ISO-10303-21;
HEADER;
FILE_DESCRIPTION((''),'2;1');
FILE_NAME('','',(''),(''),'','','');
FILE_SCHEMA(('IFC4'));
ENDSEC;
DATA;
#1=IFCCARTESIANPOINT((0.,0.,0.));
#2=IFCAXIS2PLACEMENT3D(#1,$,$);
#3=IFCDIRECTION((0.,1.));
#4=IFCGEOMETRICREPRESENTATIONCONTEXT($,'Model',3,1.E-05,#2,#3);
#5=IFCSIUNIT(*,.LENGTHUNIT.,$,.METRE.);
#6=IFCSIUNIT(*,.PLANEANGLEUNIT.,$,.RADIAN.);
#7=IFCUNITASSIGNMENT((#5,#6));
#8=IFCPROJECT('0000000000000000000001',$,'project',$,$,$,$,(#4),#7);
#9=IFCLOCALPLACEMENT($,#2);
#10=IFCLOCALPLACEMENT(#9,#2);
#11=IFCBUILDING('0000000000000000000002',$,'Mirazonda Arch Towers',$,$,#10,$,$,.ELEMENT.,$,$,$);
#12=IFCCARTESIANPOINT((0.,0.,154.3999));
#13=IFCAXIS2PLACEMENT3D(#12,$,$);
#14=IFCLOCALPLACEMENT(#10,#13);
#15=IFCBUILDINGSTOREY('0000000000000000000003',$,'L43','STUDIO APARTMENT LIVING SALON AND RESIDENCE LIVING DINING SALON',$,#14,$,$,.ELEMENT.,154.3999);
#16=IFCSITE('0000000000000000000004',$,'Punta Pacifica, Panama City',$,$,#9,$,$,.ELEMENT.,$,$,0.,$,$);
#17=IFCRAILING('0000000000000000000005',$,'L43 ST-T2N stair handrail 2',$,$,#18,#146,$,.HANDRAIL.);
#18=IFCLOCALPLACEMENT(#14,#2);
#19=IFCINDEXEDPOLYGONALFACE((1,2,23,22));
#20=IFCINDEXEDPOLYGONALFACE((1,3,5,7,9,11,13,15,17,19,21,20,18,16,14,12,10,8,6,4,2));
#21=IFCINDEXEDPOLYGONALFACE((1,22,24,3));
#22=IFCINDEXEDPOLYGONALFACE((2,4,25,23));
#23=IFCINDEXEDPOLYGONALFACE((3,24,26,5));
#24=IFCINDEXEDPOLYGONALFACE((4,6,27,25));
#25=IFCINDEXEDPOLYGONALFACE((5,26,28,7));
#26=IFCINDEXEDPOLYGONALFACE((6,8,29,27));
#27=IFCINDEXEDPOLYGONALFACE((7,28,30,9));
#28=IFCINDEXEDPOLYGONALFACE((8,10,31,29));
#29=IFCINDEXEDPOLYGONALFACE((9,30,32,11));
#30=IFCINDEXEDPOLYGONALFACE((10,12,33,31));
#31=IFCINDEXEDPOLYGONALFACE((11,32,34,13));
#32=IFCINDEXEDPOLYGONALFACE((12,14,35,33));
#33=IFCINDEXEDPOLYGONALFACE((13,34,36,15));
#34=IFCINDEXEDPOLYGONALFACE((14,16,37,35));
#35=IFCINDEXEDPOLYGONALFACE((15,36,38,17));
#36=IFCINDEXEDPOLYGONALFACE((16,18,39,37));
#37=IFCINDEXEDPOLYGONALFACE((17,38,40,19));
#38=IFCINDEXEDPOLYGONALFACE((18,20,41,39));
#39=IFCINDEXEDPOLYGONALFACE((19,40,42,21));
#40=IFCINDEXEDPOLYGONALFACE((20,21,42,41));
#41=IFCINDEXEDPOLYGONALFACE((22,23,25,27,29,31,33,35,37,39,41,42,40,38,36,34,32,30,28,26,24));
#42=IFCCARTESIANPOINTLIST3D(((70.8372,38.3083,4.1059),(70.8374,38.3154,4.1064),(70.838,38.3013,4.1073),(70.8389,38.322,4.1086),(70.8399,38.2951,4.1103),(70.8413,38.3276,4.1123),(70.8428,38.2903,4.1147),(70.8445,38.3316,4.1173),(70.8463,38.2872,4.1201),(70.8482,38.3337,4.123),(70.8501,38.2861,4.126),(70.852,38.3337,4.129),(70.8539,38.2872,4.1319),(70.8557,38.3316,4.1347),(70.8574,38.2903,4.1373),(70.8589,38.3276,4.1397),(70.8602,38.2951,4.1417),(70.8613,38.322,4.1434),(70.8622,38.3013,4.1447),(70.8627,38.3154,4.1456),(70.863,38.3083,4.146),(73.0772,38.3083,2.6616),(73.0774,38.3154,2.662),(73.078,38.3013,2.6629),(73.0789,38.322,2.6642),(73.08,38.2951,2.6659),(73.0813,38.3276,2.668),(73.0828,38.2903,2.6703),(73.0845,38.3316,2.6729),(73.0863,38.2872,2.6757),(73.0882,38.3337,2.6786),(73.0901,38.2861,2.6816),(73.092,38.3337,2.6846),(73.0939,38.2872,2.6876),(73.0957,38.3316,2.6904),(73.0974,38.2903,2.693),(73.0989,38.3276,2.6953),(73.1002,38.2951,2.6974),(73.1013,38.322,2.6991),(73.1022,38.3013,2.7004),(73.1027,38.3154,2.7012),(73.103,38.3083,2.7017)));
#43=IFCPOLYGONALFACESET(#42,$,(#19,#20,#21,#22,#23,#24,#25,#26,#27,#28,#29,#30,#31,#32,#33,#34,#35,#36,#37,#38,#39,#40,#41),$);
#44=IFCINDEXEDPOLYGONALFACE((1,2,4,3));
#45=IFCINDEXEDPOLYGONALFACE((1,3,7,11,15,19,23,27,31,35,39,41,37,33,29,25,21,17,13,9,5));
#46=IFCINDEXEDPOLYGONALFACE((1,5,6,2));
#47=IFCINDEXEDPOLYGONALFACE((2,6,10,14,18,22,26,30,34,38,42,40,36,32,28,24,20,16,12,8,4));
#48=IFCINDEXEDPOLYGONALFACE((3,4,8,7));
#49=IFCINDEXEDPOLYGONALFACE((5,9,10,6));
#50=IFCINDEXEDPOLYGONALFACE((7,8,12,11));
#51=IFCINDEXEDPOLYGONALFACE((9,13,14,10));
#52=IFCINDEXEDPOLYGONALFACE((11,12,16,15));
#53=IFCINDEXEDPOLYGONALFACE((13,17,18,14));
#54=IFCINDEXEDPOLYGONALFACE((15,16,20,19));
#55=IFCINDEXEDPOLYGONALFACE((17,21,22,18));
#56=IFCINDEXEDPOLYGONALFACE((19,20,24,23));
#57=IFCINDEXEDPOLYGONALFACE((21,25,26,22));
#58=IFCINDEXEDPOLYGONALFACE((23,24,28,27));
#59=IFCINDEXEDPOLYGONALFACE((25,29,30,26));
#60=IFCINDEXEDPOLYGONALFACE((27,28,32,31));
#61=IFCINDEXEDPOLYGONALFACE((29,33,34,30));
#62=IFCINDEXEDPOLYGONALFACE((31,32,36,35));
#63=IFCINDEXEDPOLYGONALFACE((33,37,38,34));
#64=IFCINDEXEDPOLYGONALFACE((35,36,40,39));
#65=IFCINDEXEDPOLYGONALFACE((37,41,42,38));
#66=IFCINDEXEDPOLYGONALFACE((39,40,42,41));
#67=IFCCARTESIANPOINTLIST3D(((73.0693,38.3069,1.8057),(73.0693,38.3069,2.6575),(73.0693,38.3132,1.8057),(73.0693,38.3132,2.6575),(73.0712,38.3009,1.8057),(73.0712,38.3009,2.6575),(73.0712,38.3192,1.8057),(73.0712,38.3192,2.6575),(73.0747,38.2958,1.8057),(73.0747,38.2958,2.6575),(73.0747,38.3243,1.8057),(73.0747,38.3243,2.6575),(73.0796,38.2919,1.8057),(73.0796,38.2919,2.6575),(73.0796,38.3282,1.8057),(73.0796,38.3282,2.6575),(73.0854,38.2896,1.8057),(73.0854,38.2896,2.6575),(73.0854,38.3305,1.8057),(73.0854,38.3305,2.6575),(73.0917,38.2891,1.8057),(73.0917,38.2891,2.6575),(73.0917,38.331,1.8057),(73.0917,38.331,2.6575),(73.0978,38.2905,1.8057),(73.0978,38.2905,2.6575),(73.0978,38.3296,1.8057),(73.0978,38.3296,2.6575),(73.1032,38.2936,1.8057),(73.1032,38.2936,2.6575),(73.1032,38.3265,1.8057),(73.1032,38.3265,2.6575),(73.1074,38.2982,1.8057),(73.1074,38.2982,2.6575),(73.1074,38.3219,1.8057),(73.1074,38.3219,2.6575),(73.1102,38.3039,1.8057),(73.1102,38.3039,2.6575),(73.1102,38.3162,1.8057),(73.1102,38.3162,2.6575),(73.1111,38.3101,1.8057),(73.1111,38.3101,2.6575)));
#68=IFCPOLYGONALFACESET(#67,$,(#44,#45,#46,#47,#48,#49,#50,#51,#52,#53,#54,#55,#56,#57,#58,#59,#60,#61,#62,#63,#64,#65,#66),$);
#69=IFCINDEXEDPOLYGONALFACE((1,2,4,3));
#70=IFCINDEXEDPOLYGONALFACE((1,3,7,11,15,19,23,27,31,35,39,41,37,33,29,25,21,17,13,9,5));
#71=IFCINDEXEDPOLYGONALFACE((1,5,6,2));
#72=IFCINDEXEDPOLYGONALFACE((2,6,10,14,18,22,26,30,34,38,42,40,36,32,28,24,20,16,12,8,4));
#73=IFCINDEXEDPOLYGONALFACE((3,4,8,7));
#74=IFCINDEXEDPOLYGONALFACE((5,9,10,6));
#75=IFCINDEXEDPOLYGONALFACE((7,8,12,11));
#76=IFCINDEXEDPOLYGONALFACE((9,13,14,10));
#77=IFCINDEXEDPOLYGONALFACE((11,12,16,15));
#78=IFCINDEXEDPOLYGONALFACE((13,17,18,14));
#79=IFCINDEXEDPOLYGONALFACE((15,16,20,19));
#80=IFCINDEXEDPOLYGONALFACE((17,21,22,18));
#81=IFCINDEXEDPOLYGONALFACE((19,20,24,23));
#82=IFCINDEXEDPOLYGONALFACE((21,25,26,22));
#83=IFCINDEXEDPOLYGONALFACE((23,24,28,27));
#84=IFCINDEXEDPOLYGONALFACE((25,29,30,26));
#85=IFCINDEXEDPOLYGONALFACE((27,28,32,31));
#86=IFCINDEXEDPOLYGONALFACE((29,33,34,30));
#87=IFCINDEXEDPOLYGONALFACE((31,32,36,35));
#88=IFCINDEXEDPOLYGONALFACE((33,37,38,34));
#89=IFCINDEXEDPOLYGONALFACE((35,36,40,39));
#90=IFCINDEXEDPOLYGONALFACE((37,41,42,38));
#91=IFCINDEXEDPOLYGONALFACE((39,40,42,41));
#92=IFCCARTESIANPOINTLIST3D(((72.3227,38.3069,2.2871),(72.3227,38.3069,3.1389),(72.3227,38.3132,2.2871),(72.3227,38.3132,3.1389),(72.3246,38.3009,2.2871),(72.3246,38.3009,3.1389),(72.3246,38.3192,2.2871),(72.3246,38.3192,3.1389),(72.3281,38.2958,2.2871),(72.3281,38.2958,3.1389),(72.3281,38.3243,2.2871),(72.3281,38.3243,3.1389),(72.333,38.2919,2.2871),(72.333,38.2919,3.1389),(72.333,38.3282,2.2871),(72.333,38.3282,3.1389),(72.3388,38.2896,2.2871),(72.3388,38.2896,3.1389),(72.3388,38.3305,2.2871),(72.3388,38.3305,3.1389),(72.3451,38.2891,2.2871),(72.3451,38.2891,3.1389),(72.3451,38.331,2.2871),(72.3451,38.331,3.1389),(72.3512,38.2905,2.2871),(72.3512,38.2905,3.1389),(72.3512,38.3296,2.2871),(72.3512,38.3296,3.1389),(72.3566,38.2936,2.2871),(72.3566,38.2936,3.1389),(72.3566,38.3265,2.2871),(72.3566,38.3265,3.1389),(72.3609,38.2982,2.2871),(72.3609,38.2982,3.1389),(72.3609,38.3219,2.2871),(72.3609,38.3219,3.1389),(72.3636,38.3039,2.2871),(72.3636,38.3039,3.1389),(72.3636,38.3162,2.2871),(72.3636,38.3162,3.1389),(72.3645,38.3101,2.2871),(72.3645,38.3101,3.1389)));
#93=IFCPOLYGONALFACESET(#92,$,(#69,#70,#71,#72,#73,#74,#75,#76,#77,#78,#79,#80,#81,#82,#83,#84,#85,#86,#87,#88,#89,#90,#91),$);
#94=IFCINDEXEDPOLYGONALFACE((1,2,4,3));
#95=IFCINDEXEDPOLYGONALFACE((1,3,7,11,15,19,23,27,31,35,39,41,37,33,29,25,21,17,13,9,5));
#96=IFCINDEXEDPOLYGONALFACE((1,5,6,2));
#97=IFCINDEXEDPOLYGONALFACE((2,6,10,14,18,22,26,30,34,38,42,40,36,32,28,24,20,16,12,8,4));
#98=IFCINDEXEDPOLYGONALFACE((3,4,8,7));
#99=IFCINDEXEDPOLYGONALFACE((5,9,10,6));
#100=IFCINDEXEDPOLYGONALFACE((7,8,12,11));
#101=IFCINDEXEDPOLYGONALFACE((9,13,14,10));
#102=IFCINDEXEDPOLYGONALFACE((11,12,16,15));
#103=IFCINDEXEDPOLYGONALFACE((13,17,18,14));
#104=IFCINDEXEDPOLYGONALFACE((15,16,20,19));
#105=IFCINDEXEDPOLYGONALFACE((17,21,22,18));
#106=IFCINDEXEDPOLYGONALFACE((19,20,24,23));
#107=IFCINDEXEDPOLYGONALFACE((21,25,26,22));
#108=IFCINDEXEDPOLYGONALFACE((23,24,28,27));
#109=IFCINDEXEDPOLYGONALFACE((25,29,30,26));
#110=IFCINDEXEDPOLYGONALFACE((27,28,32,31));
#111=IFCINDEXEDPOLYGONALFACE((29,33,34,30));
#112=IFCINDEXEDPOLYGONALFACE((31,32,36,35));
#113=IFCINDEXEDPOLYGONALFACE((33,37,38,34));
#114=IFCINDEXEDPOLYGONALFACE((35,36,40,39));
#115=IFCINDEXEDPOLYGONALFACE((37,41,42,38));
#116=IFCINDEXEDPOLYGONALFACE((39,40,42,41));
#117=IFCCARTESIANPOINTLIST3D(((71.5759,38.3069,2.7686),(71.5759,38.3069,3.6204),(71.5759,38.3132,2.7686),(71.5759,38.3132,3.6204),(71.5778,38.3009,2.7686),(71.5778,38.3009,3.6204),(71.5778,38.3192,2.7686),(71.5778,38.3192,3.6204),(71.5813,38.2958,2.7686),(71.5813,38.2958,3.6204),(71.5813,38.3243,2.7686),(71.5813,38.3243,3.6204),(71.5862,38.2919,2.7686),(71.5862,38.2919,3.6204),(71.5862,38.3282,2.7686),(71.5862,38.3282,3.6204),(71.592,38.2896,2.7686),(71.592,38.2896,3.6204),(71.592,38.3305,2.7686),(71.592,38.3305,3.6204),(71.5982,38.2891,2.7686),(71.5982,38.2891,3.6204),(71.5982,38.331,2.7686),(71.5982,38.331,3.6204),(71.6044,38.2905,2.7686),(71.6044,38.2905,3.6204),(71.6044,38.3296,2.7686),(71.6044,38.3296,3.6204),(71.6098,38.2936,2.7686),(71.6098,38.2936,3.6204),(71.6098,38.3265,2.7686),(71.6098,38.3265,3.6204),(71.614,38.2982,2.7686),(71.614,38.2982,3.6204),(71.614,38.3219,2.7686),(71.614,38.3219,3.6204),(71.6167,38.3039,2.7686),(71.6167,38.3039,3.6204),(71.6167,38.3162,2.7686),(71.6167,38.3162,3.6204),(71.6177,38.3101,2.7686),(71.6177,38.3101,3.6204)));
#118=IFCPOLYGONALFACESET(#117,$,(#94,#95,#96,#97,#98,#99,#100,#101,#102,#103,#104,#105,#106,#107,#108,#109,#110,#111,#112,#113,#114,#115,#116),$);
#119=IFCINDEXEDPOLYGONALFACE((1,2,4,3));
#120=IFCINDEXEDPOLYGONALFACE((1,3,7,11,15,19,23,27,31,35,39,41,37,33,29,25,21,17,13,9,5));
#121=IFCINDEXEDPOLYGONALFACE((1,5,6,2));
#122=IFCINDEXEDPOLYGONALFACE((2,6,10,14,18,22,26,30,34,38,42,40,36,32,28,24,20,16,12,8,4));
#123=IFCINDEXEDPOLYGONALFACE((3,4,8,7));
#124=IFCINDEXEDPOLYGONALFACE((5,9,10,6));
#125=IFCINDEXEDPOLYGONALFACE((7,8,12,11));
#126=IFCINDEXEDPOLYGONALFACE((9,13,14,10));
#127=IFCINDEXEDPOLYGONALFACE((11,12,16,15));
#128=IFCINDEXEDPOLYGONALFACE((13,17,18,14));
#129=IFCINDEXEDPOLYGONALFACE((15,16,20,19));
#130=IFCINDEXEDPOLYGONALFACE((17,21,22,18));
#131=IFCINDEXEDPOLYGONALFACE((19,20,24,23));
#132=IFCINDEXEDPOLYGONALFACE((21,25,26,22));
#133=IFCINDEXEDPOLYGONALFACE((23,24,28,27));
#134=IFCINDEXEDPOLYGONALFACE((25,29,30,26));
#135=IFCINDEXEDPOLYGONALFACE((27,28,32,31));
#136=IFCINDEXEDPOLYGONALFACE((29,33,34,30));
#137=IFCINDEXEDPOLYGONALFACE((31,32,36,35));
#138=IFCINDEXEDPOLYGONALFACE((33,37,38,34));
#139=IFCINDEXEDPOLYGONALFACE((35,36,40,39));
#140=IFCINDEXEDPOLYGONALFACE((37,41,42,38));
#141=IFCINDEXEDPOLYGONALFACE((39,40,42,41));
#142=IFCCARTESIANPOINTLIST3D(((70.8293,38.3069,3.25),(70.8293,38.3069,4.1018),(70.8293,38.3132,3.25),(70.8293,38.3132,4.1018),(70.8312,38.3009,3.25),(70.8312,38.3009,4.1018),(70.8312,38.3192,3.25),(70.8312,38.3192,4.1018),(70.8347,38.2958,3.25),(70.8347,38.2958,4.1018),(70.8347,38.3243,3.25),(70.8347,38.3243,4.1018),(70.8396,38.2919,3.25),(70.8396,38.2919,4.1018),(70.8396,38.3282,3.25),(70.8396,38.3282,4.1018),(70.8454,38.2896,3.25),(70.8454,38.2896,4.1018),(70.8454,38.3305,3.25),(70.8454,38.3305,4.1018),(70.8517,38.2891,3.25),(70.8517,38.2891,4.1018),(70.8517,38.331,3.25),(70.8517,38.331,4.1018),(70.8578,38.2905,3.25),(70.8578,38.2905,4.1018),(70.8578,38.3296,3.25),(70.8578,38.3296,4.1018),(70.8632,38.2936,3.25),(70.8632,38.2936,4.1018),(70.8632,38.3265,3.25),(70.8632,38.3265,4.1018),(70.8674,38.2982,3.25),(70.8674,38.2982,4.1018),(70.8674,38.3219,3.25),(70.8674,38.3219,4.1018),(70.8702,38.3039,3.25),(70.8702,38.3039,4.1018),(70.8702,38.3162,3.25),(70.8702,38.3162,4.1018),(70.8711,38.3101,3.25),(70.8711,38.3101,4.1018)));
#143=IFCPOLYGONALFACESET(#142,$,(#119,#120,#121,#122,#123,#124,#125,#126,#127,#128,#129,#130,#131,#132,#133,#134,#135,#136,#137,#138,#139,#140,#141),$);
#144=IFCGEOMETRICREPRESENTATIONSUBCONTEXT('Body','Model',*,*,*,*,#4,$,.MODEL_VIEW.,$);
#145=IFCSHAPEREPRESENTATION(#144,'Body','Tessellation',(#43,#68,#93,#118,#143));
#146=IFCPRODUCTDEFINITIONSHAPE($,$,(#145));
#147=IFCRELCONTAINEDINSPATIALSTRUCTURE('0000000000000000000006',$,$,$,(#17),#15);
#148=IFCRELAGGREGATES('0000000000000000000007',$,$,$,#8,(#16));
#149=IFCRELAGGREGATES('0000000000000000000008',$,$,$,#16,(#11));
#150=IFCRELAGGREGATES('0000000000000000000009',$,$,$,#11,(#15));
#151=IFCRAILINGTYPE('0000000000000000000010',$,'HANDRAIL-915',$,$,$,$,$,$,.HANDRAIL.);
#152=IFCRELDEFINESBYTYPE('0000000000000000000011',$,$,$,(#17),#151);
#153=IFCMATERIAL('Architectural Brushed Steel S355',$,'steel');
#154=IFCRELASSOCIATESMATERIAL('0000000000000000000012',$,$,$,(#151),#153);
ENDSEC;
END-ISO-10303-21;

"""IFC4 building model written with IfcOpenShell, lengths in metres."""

from ifc_helpers import new_model, si_unit, direction, frame, origin, origin_2d, place, context, subcontext, project, spatial, circle, extrude, material, type_object, element, save


model = new_model("IFC4")

# Units and contexts
model_context = context("Model", 3, precision=1e-05, world=origin(), true_north=direction((0.0, 1.0)))
body_context = subcontext(model_context, "Body", "Model", "MODEL_VIEW")
ifc_project = project(units=[si_unit("LENGTHUNIT", "METRE"), si_unit("PLANEANGLEUNIT", "RADIAN")], contexts=[model_context])

# Site, building, storey
site_placement = place(None, origin())
site = spatial("IfcSite", under=ifc_project, at=site_placement, Name="Punta Pacifica, Panama City", CompositionType="ELEMENT", RefElevation=0.0)
building_placement = place(site_placement, origin())
building = spatial("IfcBuilding", under=site, at=building_placement, Name="Mirazonda Arch Towers", CompositionType="ELEMENT")
storey_placement = place(building_placement, frame((0.0, 0.0, 154.3999)))
storey = spatial("IfcBuildingStorey", under=building, at=storey_placement, Name="L43", Description="STUDIO APARTMENT LIVING SALON AND RESIDENCE LIVING DINING SALON", CompositionType="ELEMENT", Elevation=154.3999)

# Shared definitions
ifc_material_1 = material(Name="Architectural Brushed Steel S355", Category="steel")

# Railing
railing_type_1 = type_object("IfcRailingType", Name="HANDRAIL-915", PredefinedType="HANDRAIL", material=ifc_material_1)
railing_1_placement = place(storey_placement, frame((73.0901, 38.3101, 1.8057)))
element("IfcRailing", 1, at=railing_1_placement, inside=storey, type_object=railing_type_1, Name="L43 ST-T2N stair handrail 2", PredefinedType="HANDRAIL", context=body_context, shape_type="SweptSolid", body=[
    extrude(circle(Radius=0.0239, at=origin_2d()), frame((0.0, 0.0, 0.876), z_axis=(-0.840437, 0.0, 0.54191), x_axis=(0.0, -1.0, 0.0)), (0.0, 0.0, 1.0), 2.6653),
    extrude(circle(Radius=0.021, at=origin_2d()), origin(), (0.0, 0.0, 1.0), 0.8518),
    extrude(circle(Radius=0.021, at=origin_2d()), frame((-0.7466, 0.0, 0.4814)), (0.0, 0.0, 1.0), 0.8518),
    extrude(circle(Radius=0.021, at=origin_2d()), frame((-1.4934, 0.0, 0.9629)), (0.0, 0.0, 1.0), 0.8518),
    extrude(circle(Radius=0.021, at=origin_2d()), frame((-2.24, 0.0, 1.4443)), (0.0, 0.0, 1.0), 0.8518),
])

save(model, "model.ifc")
